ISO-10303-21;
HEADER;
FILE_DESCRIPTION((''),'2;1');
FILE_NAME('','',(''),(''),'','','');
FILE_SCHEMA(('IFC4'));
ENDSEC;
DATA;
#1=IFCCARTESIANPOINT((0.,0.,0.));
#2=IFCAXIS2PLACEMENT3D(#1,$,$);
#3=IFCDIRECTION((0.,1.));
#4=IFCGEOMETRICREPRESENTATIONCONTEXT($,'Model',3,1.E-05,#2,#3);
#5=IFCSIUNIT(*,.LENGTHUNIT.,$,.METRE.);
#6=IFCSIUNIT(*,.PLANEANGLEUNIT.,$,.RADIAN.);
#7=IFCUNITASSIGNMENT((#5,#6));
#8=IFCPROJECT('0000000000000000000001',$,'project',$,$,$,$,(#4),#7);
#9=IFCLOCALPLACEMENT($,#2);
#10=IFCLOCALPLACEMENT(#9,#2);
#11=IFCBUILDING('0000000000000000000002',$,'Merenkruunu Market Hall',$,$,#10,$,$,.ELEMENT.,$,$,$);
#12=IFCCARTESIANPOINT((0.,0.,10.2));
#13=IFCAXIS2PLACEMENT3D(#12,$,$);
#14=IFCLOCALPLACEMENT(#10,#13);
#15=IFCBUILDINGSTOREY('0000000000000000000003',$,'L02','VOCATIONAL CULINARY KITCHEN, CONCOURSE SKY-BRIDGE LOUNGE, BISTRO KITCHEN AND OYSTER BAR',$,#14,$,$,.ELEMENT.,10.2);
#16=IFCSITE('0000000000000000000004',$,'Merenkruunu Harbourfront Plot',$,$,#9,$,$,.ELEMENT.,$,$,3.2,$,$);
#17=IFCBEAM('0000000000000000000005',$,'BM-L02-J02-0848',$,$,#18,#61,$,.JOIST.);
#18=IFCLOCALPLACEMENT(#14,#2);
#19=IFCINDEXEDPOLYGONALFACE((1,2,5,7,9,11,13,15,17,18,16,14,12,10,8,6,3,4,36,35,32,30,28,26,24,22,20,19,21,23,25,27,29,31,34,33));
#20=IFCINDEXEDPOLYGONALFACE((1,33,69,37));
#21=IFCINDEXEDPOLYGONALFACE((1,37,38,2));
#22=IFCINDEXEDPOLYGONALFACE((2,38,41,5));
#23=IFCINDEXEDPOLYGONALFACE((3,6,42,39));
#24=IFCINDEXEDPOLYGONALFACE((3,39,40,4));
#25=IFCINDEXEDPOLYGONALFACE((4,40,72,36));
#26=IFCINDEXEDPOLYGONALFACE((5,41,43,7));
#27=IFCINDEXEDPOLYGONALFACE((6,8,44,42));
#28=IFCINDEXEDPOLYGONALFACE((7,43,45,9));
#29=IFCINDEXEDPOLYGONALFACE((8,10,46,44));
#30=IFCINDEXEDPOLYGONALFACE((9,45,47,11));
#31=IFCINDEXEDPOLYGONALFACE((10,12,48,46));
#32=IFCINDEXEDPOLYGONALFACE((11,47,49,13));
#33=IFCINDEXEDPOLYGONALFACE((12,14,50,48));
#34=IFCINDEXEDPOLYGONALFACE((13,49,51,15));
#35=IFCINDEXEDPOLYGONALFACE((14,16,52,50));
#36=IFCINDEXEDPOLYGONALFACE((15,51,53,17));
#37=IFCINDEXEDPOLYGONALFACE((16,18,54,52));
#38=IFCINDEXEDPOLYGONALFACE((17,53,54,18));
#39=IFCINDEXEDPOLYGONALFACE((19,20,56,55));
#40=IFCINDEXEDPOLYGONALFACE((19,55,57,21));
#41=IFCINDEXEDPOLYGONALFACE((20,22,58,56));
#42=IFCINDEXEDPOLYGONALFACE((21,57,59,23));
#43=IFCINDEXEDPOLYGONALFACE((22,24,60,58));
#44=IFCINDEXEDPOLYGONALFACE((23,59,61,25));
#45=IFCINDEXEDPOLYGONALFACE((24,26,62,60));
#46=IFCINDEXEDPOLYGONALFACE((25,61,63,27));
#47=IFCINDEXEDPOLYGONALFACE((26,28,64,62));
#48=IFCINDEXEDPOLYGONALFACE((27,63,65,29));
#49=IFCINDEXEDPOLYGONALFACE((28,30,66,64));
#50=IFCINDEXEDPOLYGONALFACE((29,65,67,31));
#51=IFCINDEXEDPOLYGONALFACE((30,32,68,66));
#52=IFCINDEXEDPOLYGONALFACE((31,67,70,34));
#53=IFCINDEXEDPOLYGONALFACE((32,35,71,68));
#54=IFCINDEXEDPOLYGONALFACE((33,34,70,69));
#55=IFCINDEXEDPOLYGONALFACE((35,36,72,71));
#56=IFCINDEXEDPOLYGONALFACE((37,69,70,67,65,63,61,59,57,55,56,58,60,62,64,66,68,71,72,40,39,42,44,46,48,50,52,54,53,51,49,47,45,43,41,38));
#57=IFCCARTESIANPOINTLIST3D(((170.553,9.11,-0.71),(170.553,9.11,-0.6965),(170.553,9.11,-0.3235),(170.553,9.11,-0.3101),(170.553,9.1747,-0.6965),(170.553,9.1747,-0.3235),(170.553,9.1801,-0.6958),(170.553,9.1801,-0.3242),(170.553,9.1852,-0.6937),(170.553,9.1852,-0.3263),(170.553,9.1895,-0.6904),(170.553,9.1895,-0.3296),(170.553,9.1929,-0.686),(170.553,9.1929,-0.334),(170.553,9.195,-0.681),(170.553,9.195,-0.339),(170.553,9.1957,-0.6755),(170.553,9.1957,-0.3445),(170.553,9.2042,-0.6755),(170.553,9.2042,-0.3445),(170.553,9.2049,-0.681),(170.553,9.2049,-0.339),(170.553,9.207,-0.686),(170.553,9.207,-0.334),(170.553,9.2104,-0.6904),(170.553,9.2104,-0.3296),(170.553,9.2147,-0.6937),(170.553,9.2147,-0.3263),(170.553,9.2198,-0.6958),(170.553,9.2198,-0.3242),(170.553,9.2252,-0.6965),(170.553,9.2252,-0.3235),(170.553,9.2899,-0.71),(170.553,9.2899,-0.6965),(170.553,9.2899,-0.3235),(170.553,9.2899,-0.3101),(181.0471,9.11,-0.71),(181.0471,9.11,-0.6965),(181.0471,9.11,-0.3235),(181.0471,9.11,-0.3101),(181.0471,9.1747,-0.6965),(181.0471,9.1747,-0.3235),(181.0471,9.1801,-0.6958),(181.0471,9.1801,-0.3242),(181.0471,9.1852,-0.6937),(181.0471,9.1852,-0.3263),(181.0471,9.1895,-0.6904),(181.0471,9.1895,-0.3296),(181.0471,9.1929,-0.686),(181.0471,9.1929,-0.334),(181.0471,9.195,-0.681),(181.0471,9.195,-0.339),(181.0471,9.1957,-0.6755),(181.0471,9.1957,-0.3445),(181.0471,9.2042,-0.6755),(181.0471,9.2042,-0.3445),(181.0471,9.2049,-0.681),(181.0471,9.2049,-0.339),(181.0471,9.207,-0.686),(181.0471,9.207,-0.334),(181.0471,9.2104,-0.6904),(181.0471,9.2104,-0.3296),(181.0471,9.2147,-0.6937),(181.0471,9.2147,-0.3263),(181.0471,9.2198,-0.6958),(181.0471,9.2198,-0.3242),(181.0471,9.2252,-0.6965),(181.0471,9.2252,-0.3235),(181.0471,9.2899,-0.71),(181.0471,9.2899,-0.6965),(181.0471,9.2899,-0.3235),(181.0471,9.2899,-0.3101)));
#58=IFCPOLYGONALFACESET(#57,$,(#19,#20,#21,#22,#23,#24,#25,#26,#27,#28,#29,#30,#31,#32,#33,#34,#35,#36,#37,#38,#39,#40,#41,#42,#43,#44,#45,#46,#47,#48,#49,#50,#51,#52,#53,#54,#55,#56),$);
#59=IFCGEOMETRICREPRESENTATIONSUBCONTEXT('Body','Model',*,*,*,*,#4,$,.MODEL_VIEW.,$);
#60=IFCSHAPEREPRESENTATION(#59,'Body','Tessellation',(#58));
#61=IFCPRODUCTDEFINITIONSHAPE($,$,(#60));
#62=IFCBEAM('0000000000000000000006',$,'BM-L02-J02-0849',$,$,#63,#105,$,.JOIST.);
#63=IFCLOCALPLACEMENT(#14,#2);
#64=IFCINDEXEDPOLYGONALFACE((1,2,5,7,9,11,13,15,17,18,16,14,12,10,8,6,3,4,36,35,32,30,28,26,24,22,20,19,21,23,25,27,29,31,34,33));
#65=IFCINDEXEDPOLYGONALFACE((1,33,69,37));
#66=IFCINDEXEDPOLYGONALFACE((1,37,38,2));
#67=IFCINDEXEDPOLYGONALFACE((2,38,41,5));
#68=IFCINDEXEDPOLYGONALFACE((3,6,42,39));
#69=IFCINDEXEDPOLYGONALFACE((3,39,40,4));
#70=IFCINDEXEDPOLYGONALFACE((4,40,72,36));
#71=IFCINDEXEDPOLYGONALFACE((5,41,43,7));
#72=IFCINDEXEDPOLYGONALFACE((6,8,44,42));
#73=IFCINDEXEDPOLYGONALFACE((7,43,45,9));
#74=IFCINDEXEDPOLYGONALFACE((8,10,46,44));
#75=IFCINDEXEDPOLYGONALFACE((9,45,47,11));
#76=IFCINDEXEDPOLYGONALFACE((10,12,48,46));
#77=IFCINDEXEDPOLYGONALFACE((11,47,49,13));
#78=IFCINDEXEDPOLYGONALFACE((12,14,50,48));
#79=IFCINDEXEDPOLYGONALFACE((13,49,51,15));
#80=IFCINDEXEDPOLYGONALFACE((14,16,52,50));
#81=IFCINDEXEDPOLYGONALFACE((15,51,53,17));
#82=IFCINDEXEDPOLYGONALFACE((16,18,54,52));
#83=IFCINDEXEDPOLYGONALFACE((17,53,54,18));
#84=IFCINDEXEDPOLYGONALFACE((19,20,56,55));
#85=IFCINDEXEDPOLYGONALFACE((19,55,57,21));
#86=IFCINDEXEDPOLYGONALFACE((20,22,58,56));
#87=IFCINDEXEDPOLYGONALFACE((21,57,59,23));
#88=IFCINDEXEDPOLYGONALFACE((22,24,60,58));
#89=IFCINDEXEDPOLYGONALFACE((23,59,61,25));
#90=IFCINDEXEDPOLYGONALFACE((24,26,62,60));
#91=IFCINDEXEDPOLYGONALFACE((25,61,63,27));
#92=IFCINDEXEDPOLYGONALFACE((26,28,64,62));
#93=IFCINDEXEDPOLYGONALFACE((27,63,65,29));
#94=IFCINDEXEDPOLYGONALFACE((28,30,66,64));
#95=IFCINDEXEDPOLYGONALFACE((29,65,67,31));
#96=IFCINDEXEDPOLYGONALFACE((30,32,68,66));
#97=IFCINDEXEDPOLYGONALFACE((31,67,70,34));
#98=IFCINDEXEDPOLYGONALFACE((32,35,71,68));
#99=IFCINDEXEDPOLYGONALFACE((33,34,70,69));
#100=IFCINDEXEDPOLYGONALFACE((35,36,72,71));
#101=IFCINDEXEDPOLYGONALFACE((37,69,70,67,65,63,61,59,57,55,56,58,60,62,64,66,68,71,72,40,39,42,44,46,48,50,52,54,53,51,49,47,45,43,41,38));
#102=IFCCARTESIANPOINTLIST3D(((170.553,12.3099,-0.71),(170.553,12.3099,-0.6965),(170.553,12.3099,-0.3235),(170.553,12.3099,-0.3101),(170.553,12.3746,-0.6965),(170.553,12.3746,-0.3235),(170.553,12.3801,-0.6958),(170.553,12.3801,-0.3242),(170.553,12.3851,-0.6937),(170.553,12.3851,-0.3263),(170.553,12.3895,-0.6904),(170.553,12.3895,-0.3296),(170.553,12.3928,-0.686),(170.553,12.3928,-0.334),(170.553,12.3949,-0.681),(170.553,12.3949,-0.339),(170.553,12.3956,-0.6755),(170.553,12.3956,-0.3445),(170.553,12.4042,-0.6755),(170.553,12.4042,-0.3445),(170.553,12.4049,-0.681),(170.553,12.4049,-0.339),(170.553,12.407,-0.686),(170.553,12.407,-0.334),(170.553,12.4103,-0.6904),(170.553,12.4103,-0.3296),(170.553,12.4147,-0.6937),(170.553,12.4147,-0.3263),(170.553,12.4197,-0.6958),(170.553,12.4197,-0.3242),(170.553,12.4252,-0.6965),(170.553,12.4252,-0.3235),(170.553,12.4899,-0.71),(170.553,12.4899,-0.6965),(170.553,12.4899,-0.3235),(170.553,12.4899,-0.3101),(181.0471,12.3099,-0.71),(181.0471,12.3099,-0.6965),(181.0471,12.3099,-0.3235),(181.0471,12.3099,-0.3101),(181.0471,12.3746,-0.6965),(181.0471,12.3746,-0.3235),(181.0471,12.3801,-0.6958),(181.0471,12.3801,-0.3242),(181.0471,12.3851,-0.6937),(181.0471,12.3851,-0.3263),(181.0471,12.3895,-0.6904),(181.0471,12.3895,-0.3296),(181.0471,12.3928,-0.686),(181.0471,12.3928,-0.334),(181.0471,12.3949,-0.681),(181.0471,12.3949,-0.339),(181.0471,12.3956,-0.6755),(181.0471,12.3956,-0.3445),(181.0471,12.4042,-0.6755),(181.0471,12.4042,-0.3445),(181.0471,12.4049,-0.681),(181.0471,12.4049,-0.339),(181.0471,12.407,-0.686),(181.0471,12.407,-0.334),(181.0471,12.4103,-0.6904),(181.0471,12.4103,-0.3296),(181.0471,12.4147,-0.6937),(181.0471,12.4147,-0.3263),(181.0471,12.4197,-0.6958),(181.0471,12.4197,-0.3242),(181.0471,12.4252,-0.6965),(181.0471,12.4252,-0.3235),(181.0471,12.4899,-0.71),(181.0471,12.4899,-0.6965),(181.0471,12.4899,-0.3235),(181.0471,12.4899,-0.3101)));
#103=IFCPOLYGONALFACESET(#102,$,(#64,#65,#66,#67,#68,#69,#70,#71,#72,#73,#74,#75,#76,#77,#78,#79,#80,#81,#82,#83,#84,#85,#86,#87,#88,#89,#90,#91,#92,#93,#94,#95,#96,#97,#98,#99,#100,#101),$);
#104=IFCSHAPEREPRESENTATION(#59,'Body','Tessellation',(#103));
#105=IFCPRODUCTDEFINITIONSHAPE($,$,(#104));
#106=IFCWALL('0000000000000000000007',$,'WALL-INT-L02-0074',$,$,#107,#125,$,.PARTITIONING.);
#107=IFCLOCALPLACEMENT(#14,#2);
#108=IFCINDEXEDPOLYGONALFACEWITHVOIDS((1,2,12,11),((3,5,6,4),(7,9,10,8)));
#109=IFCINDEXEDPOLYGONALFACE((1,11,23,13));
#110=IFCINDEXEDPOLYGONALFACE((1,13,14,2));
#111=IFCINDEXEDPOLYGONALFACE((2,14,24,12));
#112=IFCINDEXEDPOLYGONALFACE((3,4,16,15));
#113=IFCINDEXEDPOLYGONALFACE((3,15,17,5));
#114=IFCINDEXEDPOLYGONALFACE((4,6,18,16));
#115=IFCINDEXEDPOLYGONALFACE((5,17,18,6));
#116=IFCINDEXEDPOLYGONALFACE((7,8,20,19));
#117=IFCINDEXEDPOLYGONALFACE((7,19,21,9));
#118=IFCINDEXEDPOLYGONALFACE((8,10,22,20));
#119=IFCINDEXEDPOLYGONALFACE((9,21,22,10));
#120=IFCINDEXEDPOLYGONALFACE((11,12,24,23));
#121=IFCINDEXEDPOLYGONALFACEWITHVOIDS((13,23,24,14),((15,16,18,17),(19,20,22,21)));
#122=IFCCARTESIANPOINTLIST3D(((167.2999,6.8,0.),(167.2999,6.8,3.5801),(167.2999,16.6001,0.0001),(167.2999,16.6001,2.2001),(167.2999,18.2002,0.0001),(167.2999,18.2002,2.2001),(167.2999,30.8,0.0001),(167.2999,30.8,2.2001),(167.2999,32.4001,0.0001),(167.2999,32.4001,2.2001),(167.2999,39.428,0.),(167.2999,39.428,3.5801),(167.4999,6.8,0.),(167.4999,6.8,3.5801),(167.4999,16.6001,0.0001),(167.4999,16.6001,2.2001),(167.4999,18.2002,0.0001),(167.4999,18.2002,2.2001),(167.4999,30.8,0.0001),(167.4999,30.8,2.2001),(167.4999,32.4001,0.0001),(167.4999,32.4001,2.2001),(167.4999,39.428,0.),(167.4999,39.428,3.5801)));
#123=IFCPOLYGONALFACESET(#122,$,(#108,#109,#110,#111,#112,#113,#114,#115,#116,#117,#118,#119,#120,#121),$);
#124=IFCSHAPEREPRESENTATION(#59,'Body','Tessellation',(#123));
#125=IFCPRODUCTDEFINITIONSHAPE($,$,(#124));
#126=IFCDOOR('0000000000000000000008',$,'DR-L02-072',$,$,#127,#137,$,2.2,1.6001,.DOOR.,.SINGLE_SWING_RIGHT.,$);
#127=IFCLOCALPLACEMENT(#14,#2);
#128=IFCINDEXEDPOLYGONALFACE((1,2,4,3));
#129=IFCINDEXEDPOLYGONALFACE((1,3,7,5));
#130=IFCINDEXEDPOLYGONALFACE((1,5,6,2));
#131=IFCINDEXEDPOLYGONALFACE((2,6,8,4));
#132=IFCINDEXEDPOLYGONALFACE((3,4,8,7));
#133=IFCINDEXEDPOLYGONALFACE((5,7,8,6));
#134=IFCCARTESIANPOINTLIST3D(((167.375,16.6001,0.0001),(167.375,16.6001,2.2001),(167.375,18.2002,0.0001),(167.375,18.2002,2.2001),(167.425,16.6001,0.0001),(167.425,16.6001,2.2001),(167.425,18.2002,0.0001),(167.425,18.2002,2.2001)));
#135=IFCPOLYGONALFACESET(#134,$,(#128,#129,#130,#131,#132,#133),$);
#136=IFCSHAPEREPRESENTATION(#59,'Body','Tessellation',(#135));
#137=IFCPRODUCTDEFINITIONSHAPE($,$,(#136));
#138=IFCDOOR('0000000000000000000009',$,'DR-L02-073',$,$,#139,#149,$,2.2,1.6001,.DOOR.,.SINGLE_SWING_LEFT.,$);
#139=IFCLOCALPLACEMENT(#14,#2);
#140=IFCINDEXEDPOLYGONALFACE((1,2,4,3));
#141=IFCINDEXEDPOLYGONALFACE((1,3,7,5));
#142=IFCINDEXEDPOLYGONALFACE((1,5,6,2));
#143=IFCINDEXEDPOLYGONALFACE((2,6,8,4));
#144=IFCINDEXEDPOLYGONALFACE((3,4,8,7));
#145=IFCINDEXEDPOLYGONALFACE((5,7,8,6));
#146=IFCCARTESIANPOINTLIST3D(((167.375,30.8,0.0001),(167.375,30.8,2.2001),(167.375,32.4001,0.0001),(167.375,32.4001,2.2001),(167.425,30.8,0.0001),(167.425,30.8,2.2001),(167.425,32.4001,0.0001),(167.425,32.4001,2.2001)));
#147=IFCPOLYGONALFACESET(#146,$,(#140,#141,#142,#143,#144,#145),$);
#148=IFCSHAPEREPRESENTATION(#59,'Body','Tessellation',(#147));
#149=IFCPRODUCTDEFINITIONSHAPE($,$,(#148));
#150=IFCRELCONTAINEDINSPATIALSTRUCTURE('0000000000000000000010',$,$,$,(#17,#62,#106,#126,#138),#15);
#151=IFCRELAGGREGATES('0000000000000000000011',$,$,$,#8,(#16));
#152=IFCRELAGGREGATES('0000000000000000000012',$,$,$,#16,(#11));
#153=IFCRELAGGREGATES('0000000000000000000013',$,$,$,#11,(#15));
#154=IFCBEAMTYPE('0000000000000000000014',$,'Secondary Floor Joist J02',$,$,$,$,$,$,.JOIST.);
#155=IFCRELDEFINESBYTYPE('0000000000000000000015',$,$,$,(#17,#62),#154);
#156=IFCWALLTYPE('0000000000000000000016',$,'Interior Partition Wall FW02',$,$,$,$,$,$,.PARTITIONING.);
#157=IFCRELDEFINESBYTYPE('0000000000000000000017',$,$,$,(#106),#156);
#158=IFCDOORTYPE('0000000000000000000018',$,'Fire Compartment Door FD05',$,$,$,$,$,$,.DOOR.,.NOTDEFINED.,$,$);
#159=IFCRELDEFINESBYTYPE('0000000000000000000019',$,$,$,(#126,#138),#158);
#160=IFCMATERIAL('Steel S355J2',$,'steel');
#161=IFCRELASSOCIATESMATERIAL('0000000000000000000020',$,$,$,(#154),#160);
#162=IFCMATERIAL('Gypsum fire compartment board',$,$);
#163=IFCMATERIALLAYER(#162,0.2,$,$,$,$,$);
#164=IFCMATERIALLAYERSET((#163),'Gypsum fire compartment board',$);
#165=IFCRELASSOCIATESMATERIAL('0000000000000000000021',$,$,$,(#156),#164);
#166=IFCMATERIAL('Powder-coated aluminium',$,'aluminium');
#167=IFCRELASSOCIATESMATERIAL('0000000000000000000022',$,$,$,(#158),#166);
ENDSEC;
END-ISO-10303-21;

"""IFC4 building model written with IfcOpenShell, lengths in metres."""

from ifc_helpers import new_model, si_unit, direction, frame, frame_2d, origin, origin_2d, place, context, subcontext, project, spatial, rectangle, i_section, extrude, material, layer, layer_set, material_profile, profile_set, type_object, element, fill, save


model = new_model("IFC4")

# Units and contexts
model_context = context("Model", 3, precision=1e-05, world=origin(), true_north=direction((0.0, 1.0)))
body_context = subcontext(model_context, "Body", "Model", "MODEL_VIEW")
ifc_project = project(units=[si_unit("LENGTHUNIT", "METRE"), si_unit("PLANEANGLEUNIT", "RADIAN")], contexts=[model_context])

# Site, building, storey
site_placement = place(None, origin())
site = spatial("IfcSite", under=ifc_project, at=site_placement, Name="Merenkruunu Harbourfront Plot", CompositionType="ELEMENT", RefElevation=3.2)
building_placement = place(site_placement, origin())
building = spatial("IfcBuilding", under=site, at=building_placement, Name="Merenkruunu Market Hall", CompositionType="ELEMENT")
storey_placement = place(building_placement, frame((0.0, 0.0, 10.2)))
storey = spatial("IfcBuildingStorey", under=building, at=storey_placement, Name="L02", Description="VOCATIONAL CULINARY KITCHEN, CONCOURSE SKY-BRIDGE LOUNGE, BISTRO KITCHEN AND OYSTER BAR", CompositionType="ELEMENT", Elevation=10.2)

# Beams
ifc_material_1 = material(Name="Steel S355J2", Category="steel")
ifc_material_profile = material_profile(ifc_material_1, i_section(OverallWidth=0.1799, OverallDepth=0.3999, WebThickness=0.0085, FlangeThickness=0.0134, FilletRadius=0.021, at=origin_2d()), Name="IPE 400")
ifc_profile_set = profile_set([ifc_material_profile], Name="Steel S355J2")
beam_type = type_object("IfcBeamType", Name="Secondary Floor Joist J02", PredefinedType="JOIST", material=ifc_profile_set)
for number, where, z_axis, x_axis, name in (
    (1, (170.553, 9.2, -0.51), (1.0, 0.0, 0.0), (0.0, 1.0, 0.0), "BM-L02-J02-0848"),
    (2, (170.553, 12.3999, -0.51), (1.0, 0.0, 0.0), (0.0, 1.0, 0.0), "BM-L02-J02-0849"),
):
    element("IfcBeam", number, at=place(storey_placement, frame(where, z_axis=z_axis, x_axis=x_axis)), inside=storey, type_object=beam_type, Name=name, PredefinedType="JOIST", context=body_context, shape_type="SweptSolid", body=[
        extrude(i_section(OverallWidth=0.1799, OverallDepth=0.3999, WebThickness=0.0085, FlangeThickness=0.0134, FilletRadius=0.021, at=origin_2d()), origin(), (0.0, 0.0, 1.0), 10.4941),
    ])

# Wall, openings, doors
ifc_material_2 = material(Name="Gypsum fire compartment board")
ifc_layer_1 = layer(ifc_material_2, 0.2)
ifc_layer_set_1 = layer_set([ifc_layer_1], Name="Gypsum fire compartment board")
wall_type_1 = type_object("IfcWallType", Name="Interior Partition Wall FW02", PredefinedType="PARTITIONING", material=ifc_layer_set_1)
wall_1_placement = place(storey_placement, frame((167.3999, 6.8, 0.0), z_axis=(0.0, 0.0, 1.0), x_axis=(0.0, 1.0, 0.0)))
wall_1 = element("IfcWall", 3, at=wall_1_placement, inside=storey, type_object=wall_type_1, Name="WALL-INT-L02-0074", PredefinedType="PARTITIONING", context=body_context, shape_type="SweptSolid", body=[
    extrude(rectangle(XDim=32.6279, YDim=0.2, at=frame_2d((16.314, 0.0))), origin(), (0.0, 0.0, 1.0), 3.5801),
])
opening_1_placement = place(wall_1_placement, frame((9.8, 0.0, 0.0)))
opening_1 = element("IfcOpeningElement", 4, at=opening_1_placement, cuts=wall_1, PredefinedType="OPENING", context=body_context, shape_type="SweptSolid", body=[
    extrude(rectangle(XDim=1.6001, YDim=2.2, at=frame_2d((0.8, 1.1001))), frame((0.0, 0.1099, 0.0), z_axis=(0.0, -1.0, 0.0), x_axis=(1.0, 0.0, 0.0)), (0.0, 0.0, 1.0), 0.22),
])
opening_2_placement = place(wall_1_placement, frame((24.0, 0.0, 0.0)))
opening_2 = element("IfcOpeningElement", 5, at=opening_2_placement, cuts=wall_1, PredefinedType="OPENING", context=body_context, shape_type="SweptSolid", body=[
    extrude(rectangle(XDim=1.6001, YDim=2.2, at=frame_2d((0.8, 1.1001))), frame((0.0, 0.1099, 0.0), z_axis=(0.0, -1.0, 0.0), x_axis=(1.0, 0.0, 0.0)), (0.0, 0.0, 1.0), 0.22),
])
ifc_material_3 = material(Name="Powder-coated aluminium", Category="aluminium")
door_type_1 = type_object("IfcDoorType", Name="Fire Compartment Door FD05", OperationType="NOTDEFINED", PredefinedType="DOOR", material=ifc_material_3)
door_1_placement = place(opening_1_placement, origin())
door_1 = element("IfcDoor", 6, at=door_1_placement, inside=storey, type_object=door_type_1, Name="DR-L02-072", OperationType="SINGLE_SWING_RIGHT", OverallHeight=2.2, OverallWidth=1.6001, PredefinedType="DOOR", context=body_context, shape_type="SweptSolid", body=[
    extrude(rectangle(XDim=1.6001, YDim=2.2, at=frame_2d((0.8, 1.1001))), frame((0.0, 0.0249, 0.0), z_axis=(0.0, -1.0, 0.0), x_axis=(1.0, 0.0, 0.0)), (0.0, 0.0, 1.0), 0.05),
])
fill(opening_1, door_1)
door_2_placement = place(opening_2_placement, origin())
door_2 = element("IfcDoor", 7, at=door_2_placement, inside=storey, type_object=door_type_1, Name="DR-L02-073", OperationType="SINGLE_SWING_LEFT", OverallHeight=2.2, OverallWidth=1.6001, PredefinedType="DOOR", context=body_context, shape_type="SweptSolid", body=[
    extrude(rectangle(XDim=1.6001, YDim=2.2, at=frame_2d((0.8, 1.1001))), frame((0.0, 0.0249, 0.0), z_axis=(0.0, -1.0, 0.0), x_axis=(1.0, 0.0, 0.0)), (0.0, 0.0, 1.0), 0.05),
])
fill(opening_2, door_2)

save(model, "model.ifc")
